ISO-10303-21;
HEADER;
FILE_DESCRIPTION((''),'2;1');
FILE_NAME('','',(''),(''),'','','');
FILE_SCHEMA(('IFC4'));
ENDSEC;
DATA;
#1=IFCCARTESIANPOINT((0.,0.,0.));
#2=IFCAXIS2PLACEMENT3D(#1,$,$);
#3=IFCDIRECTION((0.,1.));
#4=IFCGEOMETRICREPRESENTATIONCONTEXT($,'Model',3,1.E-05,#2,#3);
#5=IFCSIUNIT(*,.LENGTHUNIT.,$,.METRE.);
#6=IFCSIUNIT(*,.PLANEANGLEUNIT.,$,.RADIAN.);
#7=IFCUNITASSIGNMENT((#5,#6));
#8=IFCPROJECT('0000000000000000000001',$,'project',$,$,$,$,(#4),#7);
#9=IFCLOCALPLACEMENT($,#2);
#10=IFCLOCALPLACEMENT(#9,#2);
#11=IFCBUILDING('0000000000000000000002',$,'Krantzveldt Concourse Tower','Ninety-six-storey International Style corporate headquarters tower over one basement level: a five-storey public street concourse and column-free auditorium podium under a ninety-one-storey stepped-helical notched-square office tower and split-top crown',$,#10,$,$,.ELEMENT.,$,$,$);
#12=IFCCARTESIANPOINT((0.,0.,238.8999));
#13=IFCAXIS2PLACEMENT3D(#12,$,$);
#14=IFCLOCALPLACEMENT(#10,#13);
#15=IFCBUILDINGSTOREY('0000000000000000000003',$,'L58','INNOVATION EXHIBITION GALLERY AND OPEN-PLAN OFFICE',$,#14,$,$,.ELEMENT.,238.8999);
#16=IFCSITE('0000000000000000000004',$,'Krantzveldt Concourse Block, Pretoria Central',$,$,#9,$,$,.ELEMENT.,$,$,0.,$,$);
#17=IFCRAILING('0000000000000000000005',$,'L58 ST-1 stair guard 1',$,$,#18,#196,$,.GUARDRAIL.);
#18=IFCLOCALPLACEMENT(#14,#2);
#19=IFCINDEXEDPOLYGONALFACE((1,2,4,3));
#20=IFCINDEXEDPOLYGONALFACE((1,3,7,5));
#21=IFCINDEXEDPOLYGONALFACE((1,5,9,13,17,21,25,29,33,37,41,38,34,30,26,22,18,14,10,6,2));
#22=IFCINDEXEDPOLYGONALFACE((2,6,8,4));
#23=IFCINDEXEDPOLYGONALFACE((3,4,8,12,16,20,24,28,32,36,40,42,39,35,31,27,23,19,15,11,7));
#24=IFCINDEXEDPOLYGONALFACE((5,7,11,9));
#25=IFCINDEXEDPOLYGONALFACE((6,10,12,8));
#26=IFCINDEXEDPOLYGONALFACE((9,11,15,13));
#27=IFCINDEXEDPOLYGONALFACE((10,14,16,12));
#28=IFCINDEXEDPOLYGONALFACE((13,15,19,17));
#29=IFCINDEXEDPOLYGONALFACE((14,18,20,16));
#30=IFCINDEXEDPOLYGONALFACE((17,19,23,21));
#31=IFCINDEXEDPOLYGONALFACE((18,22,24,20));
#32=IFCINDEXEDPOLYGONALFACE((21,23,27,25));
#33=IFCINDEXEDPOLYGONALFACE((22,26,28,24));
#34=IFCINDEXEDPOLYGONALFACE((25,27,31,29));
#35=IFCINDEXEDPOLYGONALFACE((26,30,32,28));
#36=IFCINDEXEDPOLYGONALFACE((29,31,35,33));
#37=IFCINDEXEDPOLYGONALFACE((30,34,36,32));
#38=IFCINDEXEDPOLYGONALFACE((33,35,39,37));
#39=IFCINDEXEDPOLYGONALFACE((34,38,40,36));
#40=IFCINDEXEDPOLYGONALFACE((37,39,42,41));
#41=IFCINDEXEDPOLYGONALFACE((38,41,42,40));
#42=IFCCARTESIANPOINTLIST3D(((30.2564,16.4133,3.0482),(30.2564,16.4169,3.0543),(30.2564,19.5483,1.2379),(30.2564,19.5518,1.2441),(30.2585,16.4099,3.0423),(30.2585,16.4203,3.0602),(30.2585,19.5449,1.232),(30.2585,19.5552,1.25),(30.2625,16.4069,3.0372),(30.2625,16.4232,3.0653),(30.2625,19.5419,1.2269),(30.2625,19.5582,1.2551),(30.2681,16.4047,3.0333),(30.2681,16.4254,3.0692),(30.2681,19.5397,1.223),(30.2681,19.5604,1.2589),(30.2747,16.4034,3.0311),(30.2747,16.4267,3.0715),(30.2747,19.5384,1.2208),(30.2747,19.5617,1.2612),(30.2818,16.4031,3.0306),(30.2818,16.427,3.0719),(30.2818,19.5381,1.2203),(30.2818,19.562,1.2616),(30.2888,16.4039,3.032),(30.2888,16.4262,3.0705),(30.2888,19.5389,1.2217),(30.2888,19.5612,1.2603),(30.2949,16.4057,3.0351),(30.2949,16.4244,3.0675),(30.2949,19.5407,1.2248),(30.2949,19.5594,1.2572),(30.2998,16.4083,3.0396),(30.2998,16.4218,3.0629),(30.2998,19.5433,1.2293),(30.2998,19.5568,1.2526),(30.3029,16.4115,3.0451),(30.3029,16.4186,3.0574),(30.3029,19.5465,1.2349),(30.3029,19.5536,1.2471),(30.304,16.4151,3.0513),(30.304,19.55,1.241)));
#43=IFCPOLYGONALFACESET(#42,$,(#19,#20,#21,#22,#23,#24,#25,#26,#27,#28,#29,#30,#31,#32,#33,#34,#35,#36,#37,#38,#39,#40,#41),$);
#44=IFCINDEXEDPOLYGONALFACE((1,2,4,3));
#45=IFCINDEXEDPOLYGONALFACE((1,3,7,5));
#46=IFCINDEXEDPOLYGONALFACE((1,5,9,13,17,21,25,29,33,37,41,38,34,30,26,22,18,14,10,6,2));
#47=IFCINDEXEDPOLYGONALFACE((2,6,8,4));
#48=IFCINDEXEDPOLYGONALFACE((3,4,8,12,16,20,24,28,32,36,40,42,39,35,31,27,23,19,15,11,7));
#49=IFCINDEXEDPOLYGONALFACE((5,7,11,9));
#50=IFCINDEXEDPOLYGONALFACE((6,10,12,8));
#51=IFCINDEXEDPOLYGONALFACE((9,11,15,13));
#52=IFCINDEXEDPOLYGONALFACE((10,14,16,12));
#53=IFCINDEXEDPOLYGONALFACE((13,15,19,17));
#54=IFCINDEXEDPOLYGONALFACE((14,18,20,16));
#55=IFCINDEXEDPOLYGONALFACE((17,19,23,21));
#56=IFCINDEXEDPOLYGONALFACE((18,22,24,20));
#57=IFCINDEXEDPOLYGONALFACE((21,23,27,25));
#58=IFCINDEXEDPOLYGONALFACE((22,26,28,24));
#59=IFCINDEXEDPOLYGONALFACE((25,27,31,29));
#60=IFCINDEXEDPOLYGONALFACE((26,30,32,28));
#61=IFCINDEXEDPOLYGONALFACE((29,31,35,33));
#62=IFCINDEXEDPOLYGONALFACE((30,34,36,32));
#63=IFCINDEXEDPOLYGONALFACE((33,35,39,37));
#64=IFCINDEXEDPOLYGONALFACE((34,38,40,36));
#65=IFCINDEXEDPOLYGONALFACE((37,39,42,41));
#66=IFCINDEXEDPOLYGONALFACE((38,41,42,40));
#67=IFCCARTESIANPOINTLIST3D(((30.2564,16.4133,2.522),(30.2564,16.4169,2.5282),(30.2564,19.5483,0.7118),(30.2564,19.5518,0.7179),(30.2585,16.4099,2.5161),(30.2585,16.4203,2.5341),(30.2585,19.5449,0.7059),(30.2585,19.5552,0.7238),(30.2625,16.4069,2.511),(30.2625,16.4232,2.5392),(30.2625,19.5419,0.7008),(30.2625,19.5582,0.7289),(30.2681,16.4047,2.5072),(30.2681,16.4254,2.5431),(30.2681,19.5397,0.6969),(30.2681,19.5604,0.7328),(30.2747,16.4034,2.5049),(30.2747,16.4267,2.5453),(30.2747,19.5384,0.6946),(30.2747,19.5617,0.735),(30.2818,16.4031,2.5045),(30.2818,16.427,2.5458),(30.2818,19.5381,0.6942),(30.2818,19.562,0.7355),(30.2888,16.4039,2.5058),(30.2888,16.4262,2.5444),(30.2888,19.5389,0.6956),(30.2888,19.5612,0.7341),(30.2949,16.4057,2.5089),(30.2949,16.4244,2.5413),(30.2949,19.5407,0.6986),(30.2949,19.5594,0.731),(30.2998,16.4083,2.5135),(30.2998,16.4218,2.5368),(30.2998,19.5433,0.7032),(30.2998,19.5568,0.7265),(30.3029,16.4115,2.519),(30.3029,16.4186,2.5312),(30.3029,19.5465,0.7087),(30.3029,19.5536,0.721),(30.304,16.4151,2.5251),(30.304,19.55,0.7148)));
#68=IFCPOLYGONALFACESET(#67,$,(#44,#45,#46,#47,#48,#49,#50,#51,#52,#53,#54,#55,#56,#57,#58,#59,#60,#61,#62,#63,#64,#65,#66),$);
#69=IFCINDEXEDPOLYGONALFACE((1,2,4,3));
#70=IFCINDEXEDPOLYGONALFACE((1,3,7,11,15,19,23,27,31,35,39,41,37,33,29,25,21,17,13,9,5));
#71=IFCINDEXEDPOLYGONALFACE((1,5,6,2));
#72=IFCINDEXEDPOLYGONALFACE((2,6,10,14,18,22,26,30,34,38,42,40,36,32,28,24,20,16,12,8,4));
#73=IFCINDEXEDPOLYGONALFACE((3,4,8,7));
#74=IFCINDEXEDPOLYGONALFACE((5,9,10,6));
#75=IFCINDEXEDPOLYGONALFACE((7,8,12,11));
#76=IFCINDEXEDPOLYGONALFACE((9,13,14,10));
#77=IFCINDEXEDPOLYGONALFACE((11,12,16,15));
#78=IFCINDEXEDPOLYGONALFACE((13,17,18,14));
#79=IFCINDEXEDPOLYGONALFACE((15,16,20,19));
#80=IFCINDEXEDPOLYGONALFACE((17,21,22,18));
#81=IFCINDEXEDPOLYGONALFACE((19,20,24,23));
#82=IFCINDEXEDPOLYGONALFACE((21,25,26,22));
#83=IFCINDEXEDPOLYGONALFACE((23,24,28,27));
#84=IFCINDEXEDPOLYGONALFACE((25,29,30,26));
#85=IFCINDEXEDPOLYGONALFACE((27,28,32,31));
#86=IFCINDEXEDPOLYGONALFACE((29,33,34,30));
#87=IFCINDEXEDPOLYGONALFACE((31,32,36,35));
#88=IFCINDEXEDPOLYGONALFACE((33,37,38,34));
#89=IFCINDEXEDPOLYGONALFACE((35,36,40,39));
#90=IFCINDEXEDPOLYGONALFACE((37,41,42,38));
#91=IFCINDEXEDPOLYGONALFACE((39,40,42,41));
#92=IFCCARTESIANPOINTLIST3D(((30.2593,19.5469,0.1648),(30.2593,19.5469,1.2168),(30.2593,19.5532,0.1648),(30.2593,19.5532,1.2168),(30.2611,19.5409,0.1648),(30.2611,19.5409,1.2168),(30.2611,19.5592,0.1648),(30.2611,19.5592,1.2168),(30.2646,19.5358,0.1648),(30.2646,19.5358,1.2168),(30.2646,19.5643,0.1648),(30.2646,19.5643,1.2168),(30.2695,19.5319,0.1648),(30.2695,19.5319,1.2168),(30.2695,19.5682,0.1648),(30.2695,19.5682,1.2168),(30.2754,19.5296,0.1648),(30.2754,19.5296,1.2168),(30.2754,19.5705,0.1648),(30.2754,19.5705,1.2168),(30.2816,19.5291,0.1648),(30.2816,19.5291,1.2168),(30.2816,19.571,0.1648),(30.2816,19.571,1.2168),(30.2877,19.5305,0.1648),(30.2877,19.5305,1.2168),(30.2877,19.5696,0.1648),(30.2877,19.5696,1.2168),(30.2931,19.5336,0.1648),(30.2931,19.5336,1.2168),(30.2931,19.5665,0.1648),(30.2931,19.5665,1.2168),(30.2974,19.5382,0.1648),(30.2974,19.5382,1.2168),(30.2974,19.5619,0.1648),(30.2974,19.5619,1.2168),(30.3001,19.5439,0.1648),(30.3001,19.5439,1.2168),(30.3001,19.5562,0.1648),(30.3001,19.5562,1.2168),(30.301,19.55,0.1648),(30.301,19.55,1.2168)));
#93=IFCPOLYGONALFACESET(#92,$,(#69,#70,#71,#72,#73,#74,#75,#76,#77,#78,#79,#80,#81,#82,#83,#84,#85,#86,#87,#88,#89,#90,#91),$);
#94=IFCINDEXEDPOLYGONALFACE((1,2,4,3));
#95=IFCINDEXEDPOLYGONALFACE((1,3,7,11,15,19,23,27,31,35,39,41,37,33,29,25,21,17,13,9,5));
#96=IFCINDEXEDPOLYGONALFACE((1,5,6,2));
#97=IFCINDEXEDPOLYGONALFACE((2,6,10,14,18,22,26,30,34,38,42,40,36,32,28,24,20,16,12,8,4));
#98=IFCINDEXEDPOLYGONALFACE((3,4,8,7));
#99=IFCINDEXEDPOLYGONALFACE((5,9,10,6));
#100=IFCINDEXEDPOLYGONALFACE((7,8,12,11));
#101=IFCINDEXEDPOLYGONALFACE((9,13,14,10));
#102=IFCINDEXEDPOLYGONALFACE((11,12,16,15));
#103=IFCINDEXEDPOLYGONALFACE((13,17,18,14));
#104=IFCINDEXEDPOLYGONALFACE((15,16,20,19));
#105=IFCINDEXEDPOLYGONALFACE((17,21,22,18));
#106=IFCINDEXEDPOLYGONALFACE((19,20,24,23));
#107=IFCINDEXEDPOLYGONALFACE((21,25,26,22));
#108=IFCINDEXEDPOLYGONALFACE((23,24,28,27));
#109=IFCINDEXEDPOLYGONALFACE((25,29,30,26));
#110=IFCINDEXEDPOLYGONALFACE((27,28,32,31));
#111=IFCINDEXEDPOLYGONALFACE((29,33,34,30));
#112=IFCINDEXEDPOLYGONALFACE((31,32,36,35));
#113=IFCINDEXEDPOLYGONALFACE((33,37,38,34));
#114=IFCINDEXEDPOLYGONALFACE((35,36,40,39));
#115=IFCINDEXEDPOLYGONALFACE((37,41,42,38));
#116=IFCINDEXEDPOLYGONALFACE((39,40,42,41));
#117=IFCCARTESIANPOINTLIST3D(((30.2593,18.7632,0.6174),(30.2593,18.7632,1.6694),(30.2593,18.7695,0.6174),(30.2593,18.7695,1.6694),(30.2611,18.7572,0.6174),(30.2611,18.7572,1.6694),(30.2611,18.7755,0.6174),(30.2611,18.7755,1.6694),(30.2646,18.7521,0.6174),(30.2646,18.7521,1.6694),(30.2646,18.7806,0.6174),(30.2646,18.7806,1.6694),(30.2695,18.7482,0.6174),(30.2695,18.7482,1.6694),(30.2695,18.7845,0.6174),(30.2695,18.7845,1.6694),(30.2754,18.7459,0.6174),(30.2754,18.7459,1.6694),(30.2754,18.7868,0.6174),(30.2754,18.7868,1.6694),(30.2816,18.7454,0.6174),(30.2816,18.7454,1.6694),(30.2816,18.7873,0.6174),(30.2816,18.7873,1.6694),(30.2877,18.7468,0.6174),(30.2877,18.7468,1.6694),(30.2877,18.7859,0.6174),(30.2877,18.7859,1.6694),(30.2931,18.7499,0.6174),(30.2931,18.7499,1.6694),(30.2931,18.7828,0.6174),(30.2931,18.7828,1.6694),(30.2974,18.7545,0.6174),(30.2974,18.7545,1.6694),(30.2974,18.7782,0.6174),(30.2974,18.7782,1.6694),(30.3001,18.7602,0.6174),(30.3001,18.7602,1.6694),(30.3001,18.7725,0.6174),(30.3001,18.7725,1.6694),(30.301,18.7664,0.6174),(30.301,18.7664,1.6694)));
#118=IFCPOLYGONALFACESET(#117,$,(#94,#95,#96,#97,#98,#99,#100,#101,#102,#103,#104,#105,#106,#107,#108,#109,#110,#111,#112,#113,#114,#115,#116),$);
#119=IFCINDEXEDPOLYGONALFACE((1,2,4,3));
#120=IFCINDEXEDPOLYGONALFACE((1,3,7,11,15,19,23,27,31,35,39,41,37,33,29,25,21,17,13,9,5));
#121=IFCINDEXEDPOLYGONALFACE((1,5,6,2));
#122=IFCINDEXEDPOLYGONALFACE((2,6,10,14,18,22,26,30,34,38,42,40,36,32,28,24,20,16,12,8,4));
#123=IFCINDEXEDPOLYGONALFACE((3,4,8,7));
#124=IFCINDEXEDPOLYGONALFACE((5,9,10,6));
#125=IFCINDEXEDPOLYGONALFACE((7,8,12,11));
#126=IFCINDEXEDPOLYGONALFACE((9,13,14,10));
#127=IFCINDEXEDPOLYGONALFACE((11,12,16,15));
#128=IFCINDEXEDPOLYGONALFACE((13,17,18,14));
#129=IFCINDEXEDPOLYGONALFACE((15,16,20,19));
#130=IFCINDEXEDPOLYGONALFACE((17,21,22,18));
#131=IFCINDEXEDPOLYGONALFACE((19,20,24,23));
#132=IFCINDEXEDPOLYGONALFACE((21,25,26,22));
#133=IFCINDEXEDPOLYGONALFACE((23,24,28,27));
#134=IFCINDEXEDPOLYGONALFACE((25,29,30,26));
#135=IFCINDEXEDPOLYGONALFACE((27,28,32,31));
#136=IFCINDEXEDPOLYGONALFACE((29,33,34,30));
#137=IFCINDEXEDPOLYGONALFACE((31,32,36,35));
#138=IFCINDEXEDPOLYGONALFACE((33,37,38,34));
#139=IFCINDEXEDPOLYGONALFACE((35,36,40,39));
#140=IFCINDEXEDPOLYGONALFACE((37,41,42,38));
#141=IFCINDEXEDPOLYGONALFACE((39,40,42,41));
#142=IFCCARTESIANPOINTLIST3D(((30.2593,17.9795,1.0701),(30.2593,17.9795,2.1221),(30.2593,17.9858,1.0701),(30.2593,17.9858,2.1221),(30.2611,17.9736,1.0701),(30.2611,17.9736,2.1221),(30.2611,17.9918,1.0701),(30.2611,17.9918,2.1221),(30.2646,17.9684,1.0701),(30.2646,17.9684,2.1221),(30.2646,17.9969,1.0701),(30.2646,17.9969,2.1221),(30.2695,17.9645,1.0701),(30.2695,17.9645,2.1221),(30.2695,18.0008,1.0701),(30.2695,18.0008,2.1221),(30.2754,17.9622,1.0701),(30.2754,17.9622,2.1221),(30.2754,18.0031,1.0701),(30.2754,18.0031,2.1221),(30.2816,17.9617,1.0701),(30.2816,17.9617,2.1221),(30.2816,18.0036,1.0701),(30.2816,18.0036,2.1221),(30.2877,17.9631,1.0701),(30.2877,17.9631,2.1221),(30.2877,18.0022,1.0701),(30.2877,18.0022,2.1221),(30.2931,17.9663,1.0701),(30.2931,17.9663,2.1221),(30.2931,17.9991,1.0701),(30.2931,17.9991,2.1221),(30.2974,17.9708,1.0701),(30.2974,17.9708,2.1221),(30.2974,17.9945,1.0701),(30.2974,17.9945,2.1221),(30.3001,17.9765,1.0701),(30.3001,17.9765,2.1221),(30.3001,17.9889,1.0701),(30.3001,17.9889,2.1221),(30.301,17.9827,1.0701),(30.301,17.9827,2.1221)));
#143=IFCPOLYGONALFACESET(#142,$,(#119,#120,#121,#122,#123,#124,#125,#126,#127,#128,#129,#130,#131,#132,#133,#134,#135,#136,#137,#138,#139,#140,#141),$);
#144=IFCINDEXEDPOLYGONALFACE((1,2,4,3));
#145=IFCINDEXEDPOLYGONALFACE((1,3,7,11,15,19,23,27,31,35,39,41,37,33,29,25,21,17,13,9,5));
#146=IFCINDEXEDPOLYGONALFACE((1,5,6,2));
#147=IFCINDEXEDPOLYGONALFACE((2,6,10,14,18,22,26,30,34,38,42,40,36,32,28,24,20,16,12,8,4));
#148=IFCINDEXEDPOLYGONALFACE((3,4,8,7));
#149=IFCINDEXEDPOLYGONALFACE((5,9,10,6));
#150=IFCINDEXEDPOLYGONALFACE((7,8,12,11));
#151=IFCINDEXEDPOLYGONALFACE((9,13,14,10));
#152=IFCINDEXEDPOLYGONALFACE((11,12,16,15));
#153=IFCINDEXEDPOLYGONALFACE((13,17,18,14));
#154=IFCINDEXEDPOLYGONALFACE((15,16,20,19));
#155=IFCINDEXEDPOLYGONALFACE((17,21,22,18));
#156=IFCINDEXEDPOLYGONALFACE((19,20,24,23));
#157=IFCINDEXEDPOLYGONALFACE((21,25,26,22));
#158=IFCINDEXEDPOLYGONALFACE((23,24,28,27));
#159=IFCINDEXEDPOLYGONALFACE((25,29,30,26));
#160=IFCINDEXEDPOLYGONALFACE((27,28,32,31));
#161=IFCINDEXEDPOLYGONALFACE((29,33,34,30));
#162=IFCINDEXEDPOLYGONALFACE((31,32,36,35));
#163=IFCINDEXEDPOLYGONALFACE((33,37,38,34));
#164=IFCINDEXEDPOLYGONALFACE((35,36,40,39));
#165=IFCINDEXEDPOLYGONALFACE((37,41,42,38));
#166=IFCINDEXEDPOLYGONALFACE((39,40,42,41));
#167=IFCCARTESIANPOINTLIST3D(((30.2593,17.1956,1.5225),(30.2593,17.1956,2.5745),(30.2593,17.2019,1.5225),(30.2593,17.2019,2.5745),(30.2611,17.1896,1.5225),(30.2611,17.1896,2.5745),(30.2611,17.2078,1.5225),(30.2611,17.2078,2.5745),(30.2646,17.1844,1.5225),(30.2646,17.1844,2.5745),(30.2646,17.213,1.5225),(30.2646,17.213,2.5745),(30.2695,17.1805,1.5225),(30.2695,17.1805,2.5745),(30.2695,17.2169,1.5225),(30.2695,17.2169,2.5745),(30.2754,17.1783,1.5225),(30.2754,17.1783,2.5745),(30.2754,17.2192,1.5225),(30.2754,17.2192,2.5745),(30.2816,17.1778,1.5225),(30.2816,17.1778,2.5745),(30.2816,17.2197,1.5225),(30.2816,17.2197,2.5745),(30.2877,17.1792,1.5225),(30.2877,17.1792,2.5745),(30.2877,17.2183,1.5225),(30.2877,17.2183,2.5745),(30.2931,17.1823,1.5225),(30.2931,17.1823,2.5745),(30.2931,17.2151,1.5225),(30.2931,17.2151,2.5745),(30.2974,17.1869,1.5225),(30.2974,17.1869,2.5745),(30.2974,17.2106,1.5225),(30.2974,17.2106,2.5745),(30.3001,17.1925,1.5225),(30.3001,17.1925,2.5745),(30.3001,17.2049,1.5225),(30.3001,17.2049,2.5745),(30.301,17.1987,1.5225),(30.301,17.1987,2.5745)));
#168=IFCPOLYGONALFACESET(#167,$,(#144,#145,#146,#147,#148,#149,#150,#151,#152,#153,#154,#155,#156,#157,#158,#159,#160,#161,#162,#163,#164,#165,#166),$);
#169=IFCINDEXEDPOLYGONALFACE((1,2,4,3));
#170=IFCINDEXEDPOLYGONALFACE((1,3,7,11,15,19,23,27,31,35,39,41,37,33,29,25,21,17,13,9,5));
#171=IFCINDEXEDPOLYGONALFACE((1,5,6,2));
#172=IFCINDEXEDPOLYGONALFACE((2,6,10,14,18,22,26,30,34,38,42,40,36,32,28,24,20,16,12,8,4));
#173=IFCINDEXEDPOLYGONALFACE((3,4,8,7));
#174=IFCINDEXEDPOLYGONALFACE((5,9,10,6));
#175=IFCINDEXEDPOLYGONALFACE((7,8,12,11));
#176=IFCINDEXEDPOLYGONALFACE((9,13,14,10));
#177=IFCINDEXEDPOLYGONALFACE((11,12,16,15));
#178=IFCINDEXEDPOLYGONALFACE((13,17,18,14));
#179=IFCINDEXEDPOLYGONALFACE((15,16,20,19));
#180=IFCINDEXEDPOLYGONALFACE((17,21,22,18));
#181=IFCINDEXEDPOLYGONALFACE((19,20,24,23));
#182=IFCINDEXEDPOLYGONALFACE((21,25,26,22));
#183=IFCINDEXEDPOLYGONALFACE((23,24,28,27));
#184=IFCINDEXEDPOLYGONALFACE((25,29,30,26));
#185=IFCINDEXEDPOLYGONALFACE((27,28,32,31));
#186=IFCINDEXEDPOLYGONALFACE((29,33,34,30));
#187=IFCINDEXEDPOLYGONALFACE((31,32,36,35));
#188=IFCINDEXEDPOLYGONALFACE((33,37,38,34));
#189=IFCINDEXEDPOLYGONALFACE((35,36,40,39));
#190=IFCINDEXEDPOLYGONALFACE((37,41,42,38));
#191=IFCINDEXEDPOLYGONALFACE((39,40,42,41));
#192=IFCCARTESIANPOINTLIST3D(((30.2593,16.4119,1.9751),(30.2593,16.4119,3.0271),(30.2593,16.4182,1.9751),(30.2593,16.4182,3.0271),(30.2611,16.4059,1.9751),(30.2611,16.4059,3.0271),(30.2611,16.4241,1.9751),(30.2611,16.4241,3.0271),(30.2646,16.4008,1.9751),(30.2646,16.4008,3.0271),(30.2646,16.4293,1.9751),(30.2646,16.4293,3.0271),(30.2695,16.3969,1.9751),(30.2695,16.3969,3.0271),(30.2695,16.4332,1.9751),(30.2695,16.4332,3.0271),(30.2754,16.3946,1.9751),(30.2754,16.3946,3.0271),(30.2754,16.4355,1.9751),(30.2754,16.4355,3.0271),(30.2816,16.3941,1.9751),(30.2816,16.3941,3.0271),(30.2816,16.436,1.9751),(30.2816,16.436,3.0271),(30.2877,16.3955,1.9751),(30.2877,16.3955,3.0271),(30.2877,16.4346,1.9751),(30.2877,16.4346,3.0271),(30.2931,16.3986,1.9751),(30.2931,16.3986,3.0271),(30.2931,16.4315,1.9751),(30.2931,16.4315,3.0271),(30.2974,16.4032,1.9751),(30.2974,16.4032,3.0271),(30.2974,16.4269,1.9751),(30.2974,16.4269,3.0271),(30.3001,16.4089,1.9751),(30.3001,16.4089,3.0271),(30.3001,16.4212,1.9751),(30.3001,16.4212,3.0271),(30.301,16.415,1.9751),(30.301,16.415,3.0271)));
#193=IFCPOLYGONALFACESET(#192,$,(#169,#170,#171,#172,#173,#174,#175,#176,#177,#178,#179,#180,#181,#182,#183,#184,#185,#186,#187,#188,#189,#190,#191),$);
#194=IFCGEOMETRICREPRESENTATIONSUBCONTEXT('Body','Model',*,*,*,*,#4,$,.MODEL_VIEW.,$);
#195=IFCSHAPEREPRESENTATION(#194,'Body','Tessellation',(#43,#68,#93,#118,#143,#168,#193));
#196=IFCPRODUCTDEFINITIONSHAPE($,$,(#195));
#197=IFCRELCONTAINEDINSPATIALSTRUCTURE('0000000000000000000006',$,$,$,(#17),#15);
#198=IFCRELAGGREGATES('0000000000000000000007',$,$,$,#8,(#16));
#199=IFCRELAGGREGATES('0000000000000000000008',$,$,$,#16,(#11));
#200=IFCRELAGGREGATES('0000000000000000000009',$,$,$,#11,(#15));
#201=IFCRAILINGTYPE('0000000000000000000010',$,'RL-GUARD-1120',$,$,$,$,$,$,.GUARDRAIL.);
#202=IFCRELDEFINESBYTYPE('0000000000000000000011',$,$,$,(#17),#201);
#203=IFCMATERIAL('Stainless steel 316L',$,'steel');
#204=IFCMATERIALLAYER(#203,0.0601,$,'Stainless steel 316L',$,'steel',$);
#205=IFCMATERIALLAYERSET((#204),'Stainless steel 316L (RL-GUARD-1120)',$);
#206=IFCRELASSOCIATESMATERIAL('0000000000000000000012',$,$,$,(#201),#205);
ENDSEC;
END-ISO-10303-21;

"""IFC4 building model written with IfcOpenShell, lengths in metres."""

from ifc_helpers import new_model, si_unit, direction, frame, origin, origin_2d, place, context, subcontext, project, spatial, circle, extrude, material, layer, layer_set, type_object, element, save


model = new_model("IFC4")

# Units and contexts
model_context = context("Model", 3, precision=1e-05, world=origin(), true_north=direction((0.0, 1.0)))
body_context = subcontext(model_context, "Body", "Model", "MODEL_VIEW")
ifc_project = project(units=[si_unit("LENGTHUNIT", "METRE"), si_unit("PLANEANGLEUNIT", "RADIAN")], contexts=[model_context])

# Site, building, storey
site_placement = place(None, origin())
site = spatial("IfcSite", under=ifc_project, at=site_placement, Name="Krantzveldt Concourse Block, Pretoria Central", CompositionType="ELEMENT", RefElevation=0.0)
building_placement = place(site_placement, origin())
building = spatial("IfcBuilding", under=site, at=building_placement, Name="Krantzveldt Concourse Tower", Description="Ninety-six-storey International Style corporate headquarters tower over one basement level: a five-storey public street concourse and column-free auditorium podium under a ninety-one-storey stepped-helical notched-square office tower and split-top crown", CompositionType="ELEMENT")
storey_placement = place(building_placement, frame((0.0, 0.0, 238.8999)))
storey = spatial("IfcBuildingStorey", under=building, at=storey_placement, Name="L58", Description="INNOVATION EXHIBITION GALLERY AND OPEN-PLAN OFFICE", CompositionType="ELEMENT", Elevation=238.8999)

# Shared definitions
ifc_material_1 = material(Name="Stainless steel 316L", Category="steel")

# Railing
ifc_layer_1 = layer(ifc_material_1, 0.0601, Name="Stainless steel 316L", Category="steel")
ifc_layer_set_1 = layer_set([ifc_layer_1], Name="Stainless steel 316L (RL-GUARD-1120)")
railing_type_1 = type_object("IfcRailingType", Name="RL-GUARD-1120", PredefinedType="GUARDRAIL", material=ifc_layer_set_1)
railing_1_placement = place(storey_placement, frame((30.28, 19.55, 0.1648)))
element("IfcRailing", 1, at=railing_1_placement, inside=storey, type_object=railing_type_1, Name="L58 ST-1 stair guard 1", PredefinedType="GUARDRAIL", context=body_context, shape_type="SweptSolid", body=[
    extrude(circle(Radius=0.0239, at=origin_2d()), frame((0.0, 0.0, 1.0762), z_axis=(0.0, -0.865989, 0.500063), x_axis=(1.0, 0.0, 0.0)), (0.0, 0.0, 1.0), 3.6201),
    extrude(circle(Radius=0.0239, at=origin_2d()), frame((0.0, 0.0, 0.55), z_axis=(0.0, -0.865989, 0.500063), x_axis=(1.0, 0.0, 0.0)), (0.0, 0.0, 1.0), 3.6201),
    extrude(circle(Radius=0.021, at=origin_2d()), origin(), (0.0, 0.0, 1.0), 1.052),
    extrude(circle(Radius=0.021, at=origin_2d()), frame((0.0, -0.7837, 0.4526)), (0.0, 0.0, 1.0), 1.052),
    extrude(circle(Radius=0.021, at=origin_2d()), frame((0.0, -1.5674, 0.9053)), (0.0, 0.0, 1.0), 1.052),
    extrude(circle(Radius=0.021, at=origin_2d()), frame((0.0, -2.3513, 1.3577)), (0.0, 0.0, 1.0), 1.052),
    extrude(circle(Radius=0.021, at=origin_2d()), frame((0.0, -3.135, 1.8103)), (0.0, 0.0, 1.0), 1.052),
])

save(model, "model.ifc")
